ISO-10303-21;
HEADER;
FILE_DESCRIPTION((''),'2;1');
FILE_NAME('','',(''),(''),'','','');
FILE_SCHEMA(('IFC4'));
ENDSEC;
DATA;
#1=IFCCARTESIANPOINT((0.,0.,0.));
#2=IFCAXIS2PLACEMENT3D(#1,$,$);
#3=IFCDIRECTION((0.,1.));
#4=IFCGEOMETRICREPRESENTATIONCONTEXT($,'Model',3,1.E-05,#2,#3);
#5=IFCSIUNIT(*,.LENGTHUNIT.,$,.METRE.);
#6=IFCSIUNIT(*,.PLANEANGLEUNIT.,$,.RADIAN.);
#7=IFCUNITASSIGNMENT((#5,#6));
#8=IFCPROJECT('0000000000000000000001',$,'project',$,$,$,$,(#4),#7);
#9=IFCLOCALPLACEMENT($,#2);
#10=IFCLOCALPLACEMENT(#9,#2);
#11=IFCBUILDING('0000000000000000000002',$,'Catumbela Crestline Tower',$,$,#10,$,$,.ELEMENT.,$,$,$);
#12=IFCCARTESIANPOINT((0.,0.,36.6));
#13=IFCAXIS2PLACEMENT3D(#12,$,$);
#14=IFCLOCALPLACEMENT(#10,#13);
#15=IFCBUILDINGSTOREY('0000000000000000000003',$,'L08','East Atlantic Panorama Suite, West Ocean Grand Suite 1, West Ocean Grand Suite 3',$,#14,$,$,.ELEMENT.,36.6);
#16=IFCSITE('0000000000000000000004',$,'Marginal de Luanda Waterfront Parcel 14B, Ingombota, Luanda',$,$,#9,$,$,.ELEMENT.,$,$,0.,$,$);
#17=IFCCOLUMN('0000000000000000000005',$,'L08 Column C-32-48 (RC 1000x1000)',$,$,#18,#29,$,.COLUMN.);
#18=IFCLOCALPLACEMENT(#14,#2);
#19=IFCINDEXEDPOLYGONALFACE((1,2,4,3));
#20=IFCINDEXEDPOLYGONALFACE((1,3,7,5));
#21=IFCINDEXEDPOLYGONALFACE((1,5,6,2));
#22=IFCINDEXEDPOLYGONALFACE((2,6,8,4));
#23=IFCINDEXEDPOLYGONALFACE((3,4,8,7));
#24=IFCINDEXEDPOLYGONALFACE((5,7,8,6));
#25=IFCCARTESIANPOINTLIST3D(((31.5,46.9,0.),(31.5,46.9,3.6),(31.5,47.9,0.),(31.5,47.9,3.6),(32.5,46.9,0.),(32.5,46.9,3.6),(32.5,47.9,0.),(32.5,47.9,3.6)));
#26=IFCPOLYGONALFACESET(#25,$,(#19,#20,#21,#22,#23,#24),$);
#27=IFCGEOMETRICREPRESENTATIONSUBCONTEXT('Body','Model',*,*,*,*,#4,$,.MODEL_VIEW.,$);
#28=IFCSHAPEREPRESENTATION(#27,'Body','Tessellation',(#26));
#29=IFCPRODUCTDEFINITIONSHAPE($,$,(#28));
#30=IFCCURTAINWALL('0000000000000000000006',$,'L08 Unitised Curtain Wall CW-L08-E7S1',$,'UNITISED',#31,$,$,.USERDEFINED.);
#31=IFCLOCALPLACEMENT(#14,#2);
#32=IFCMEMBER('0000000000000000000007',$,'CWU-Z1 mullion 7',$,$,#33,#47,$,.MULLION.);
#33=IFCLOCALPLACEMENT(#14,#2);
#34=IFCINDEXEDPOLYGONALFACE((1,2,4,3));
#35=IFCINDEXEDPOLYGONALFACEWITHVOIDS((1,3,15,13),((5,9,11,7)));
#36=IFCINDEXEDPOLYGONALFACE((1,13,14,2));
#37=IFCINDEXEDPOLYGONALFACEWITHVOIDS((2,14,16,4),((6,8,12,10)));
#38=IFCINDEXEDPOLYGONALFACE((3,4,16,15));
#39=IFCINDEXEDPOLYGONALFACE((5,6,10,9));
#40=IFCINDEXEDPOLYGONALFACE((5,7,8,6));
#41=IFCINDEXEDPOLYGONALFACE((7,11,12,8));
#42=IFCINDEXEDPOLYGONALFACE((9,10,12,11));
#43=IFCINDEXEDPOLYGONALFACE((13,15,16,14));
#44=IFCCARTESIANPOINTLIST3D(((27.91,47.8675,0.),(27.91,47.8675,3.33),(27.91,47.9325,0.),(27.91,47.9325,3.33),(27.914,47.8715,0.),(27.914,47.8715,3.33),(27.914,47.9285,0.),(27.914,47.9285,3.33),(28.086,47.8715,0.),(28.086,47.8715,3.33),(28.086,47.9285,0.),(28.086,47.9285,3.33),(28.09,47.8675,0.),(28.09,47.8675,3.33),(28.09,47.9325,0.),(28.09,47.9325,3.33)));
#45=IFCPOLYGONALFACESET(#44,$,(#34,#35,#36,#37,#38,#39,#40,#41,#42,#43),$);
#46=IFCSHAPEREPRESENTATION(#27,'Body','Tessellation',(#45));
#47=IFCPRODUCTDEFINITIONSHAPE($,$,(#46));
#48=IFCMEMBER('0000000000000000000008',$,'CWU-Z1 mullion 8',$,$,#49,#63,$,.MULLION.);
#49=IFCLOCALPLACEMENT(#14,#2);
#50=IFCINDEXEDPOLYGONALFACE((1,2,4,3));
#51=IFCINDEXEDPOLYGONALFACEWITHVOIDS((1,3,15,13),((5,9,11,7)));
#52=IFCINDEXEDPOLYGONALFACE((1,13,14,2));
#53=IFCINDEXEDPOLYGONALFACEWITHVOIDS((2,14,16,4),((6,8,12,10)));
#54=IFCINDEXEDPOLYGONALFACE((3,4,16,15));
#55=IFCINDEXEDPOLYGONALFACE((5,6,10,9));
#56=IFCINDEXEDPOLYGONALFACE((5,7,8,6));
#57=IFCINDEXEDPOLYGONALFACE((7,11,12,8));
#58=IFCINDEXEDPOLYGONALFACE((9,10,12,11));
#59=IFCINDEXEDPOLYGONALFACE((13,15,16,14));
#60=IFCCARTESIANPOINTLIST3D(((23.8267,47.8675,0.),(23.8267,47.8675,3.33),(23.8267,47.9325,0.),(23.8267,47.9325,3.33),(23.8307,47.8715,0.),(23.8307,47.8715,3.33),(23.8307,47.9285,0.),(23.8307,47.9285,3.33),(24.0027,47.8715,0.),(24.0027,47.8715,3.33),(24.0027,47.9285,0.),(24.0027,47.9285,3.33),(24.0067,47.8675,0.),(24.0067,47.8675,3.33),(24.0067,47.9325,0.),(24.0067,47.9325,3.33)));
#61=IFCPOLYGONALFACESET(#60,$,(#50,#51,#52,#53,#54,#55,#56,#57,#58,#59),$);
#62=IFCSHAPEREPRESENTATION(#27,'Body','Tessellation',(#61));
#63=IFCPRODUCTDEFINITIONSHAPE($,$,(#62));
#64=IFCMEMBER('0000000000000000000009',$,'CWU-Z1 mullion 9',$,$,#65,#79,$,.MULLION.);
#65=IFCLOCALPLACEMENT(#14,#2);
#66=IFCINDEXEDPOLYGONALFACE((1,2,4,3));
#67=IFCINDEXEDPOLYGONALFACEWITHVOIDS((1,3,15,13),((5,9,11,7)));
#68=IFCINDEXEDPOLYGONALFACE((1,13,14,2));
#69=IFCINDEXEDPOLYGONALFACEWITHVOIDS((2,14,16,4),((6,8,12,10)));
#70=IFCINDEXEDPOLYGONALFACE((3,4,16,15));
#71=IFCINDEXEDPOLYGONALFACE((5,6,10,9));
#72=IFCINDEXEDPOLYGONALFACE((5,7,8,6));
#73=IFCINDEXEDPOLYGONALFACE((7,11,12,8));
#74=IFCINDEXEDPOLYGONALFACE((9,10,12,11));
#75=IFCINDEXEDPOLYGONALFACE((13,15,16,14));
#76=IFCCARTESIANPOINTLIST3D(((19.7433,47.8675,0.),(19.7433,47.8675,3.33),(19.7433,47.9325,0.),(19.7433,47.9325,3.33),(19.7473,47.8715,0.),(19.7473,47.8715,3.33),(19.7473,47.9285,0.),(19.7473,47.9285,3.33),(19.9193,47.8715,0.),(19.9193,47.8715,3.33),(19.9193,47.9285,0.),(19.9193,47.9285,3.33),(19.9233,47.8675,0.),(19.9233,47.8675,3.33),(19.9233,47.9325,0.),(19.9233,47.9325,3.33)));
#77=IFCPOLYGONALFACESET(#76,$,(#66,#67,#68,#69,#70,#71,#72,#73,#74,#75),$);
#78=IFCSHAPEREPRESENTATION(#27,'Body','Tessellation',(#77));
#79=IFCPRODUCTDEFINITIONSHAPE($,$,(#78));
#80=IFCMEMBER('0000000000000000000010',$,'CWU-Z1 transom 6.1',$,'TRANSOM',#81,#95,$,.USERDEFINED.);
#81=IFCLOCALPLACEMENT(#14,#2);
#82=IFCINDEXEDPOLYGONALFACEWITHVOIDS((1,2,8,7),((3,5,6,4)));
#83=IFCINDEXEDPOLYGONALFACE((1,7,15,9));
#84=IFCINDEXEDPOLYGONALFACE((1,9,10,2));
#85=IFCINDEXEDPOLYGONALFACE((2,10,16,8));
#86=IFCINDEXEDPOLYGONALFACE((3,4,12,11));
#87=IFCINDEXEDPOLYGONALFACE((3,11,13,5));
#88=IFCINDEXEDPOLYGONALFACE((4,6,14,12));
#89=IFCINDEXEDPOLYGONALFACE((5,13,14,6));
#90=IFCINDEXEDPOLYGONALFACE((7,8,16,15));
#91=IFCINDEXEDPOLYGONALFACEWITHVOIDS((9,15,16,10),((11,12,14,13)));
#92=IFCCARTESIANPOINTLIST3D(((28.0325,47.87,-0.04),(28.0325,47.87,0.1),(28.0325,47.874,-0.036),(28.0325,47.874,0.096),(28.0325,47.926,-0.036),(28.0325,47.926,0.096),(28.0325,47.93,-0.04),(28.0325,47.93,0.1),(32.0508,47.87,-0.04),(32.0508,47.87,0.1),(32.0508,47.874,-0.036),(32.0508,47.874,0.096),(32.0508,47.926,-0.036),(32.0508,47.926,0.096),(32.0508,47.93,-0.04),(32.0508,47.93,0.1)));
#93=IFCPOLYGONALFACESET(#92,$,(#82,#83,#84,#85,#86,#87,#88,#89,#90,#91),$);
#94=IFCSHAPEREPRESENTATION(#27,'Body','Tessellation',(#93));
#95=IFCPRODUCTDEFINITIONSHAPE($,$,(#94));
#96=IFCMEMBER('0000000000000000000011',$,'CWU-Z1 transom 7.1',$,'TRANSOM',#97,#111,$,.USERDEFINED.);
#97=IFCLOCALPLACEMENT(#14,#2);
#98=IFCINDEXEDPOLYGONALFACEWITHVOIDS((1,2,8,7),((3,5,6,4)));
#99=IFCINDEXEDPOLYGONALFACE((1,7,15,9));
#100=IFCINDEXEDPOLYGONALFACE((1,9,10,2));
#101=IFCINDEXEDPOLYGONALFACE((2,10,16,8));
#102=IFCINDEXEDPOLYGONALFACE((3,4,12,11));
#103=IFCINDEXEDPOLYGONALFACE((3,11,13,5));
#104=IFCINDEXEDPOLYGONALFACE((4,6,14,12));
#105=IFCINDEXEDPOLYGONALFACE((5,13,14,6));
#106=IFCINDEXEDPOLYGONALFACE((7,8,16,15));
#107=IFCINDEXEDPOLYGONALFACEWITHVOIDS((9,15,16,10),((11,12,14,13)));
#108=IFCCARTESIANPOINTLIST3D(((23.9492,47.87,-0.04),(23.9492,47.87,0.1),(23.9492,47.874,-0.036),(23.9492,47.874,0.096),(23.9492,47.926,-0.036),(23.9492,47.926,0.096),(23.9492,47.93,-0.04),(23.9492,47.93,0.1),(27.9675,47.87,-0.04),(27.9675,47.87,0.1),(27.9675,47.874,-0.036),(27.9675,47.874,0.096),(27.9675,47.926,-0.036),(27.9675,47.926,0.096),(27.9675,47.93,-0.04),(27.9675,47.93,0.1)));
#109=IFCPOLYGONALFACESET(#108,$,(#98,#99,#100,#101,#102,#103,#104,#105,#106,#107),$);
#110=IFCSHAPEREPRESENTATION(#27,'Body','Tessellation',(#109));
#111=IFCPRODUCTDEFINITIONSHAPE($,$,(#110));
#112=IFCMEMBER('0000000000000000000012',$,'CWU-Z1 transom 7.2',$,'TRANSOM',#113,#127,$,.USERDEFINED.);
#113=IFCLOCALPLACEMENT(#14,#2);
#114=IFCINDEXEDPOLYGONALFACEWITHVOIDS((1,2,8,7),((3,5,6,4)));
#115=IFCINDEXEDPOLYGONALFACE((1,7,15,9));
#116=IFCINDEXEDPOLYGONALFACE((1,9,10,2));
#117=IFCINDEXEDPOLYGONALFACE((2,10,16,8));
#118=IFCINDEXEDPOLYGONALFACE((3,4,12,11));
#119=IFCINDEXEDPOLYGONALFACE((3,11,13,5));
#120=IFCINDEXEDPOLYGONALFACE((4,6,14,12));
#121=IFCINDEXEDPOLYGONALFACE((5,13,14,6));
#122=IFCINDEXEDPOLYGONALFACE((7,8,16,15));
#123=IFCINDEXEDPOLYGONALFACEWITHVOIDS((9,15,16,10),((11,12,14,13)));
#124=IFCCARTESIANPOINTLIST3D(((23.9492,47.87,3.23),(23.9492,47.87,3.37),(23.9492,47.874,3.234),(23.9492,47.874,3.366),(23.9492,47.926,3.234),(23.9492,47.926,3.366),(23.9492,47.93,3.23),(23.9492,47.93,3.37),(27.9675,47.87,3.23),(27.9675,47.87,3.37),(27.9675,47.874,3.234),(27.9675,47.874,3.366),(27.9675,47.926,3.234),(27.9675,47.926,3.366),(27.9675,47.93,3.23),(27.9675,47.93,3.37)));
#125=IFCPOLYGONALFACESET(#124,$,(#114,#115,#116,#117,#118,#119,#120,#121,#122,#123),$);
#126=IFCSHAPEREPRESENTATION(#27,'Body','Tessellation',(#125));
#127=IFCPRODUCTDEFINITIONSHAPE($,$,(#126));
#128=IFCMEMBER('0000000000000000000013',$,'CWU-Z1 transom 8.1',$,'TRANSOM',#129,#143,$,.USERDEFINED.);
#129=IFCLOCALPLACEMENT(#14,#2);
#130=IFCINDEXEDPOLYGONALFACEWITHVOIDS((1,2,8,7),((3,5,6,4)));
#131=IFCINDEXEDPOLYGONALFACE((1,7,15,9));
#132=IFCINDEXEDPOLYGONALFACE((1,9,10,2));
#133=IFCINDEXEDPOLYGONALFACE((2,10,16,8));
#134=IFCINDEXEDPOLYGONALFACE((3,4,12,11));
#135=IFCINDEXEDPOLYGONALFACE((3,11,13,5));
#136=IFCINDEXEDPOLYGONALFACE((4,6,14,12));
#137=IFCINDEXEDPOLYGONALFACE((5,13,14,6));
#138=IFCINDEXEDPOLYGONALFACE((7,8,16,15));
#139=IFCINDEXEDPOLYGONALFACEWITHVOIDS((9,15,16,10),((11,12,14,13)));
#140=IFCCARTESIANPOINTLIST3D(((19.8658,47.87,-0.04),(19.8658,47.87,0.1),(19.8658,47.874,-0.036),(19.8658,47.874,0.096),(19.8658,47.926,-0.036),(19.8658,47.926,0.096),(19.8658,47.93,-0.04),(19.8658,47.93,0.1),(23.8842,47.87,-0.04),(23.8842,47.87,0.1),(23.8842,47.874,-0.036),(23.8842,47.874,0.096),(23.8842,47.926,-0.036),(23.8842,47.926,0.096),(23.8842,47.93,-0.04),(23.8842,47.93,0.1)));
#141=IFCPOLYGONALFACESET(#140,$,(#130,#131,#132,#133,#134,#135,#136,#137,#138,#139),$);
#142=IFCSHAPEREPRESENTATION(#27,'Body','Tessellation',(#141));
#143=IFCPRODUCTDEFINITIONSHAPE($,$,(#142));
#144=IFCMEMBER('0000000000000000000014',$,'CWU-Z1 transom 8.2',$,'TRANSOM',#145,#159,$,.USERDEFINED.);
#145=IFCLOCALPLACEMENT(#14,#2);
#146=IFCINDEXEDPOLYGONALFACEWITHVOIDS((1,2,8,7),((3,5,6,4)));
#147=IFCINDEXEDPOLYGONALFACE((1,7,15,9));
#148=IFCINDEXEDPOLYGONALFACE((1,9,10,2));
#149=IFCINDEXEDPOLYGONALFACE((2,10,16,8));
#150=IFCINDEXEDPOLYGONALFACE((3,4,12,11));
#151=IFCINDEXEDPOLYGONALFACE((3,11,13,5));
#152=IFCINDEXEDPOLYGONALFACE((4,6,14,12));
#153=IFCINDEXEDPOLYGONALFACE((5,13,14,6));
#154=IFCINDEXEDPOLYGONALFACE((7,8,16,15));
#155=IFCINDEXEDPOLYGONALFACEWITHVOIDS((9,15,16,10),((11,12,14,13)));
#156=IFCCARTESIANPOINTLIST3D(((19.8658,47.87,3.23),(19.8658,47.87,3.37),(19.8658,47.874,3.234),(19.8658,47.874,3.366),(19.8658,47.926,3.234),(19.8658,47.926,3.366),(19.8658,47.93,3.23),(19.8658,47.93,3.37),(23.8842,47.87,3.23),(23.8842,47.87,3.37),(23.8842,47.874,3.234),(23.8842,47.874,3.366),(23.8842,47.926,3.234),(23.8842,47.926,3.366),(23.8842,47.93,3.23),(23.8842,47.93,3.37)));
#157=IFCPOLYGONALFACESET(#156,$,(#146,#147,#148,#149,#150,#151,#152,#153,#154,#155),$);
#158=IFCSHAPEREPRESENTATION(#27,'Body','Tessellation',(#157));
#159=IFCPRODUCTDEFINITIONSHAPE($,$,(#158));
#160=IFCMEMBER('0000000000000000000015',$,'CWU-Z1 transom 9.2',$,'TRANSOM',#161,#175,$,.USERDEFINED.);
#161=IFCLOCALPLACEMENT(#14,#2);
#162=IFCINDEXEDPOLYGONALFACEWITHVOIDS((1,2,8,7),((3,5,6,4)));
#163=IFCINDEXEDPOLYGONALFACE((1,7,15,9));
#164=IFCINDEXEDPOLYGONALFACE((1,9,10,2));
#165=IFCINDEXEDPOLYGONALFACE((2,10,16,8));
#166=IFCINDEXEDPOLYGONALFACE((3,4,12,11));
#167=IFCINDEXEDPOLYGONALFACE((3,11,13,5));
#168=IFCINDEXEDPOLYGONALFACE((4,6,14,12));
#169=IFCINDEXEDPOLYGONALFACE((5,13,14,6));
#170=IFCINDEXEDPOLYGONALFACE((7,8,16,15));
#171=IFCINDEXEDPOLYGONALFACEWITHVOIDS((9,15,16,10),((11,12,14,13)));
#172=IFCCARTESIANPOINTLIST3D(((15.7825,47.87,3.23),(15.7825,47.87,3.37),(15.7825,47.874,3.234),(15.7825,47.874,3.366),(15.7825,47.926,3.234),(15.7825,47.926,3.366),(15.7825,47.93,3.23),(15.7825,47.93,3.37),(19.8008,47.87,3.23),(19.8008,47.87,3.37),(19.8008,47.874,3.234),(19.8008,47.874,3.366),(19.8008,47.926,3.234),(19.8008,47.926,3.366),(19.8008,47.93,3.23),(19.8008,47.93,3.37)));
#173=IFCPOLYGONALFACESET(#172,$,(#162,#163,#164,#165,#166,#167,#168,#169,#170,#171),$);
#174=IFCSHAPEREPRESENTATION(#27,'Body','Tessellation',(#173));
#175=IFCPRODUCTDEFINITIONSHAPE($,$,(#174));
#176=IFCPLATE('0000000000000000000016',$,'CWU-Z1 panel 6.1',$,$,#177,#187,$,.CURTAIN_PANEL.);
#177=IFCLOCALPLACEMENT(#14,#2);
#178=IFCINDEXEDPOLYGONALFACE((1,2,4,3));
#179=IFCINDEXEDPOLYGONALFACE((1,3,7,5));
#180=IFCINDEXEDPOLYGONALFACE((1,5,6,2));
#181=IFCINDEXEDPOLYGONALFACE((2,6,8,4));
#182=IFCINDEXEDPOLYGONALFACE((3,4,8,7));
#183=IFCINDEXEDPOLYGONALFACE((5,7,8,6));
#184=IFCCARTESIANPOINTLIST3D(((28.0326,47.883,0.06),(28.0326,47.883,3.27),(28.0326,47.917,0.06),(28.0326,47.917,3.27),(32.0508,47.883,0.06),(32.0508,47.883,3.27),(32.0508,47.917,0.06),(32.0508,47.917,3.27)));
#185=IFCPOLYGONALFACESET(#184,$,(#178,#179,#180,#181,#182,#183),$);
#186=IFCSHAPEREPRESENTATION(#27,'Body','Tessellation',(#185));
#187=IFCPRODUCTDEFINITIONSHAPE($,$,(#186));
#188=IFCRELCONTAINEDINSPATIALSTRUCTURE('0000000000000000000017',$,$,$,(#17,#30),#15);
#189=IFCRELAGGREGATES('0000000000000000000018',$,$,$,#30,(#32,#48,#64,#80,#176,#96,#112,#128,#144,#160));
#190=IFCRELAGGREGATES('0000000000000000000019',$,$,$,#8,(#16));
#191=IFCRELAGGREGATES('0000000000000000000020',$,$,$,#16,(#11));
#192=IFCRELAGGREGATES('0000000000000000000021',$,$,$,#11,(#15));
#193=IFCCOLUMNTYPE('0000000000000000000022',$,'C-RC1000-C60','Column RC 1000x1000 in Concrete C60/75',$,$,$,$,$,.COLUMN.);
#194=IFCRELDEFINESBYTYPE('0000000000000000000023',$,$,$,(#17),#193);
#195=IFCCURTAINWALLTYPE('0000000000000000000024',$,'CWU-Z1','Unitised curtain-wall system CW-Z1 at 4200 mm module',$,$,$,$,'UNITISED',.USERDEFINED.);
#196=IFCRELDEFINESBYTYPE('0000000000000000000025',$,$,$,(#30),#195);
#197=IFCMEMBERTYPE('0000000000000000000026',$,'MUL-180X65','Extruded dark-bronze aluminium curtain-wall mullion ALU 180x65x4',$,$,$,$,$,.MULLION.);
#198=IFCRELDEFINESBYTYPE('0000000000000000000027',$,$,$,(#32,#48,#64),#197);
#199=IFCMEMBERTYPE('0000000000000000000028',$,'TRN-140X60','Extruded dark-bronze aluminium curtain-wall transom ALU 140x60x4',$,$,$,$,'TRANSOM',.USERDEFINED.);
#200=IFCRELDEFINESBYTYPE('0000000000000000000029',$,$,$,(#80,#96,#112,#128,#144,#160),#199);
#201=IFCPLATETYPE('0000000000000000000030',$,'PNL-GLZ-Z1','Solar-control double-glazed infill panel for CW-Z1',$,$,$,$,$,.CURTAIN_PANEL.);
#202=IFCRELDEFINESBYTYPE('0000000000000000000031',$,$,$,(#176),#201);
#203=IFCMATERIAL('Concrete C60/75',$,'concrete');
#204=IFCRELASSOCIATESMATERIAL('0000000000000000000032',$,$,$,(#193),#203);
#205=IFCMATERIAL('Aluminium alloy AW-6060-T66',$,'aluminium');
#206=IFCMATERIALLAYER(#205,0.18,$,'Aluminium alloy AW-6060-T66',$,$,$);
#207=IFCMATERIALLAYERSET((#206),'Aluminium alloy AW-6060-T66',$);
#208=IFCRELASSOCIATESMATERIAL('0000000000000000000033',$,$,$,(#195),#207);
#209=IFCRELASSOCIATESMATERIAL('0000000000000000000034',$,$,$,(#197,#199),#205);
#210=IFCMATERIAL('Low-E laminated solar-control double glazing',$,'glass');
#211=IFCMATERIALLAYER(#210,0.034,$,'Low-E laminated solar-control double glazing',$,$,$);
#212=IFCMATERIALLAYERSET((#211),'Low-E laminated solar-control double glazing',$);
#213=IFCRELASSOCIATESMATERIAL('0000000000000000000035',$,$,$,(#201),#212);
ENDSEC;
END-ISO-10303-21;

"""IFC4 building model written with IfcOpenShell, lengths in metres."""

from ifc_helpers import new_model, si_unit, direction, frame, origin, origin_2d, place, context, subcontext, project, spatial, rectangle, hollow_rectangle, extrude, material, layer, layer_set, material_profile, profile_set, type_object, element, aggregate, save


model = new_model("IFC4")

# Units and contexts
model_context = context("Model", 3, precision=1e-05, world=origin(), true_north=direction((0.0, 1.0)))
body_context = subcontext(model_context, "Body", "Model", "MODEL_VIEW")
ifc_project = project(units=[si_unit("LENGTHUNIT", "METRE"), si_unit("PLANEANGLEUNIT", "RADIAN")], contexts=[model_context])

# Site, building, storey
site_placement = place(None, origin())
site = spatial("IfcSite", under=ifc_project, at=site_placement, Name="Marginal de Luanda Waterfront Parcel 14B, Ingombota, Luanda", CompositionType="ELEMENT", RefElevation=0.0)
building_placement = place(site_placement, origin())
building = spatial("IfcBuilding", under=site, at=building_placement, Name="Catumbela Crestline Tower", CompositionType="ELEMENT")
storey_placement = place(building_placement, frame((0.0, 0.0, 36.6)))
storey = spatial("IfcBuildingStorey", under=building, at=storey_placement, Name="L08", Description="East Atlantic Panorama Suite, West Ocean Grand Suite 1, West Ocean Grand Suite 3", CompositionType="ELEMENT", Elevation=36.6)

# Column
ifc_material_1 = material(Name="Concrete C60/75", Category="concrete")
ifc_material_profile_1 = material_profile(ifc_material_1, rectangle(XDim=1.0, YDim=1.0, at=origin_2d()), Name="RC 1000x1000")
ifc_profile_set_1 = profile_set([ifc_material_profile_1], Name="Concrete C60/75")
column_type = type_object("IfcColumnType", Name="C-RC1000-C60", Description="Column RC 1000x1000 in Concrete C60/75", PredefinedType="COLUMN", material=ifc_profile_set_1)
column_placement = place(storey_placement, frame((32.0, 47.4, 0.0), z_axis=(0.0, 0.0, 1.0), x_axis=(1.0, 0.0, 0.0)))
element("IfcColumn", 1, at=column_placement, inside=storey, type_object=column_type, Name="L08 Column C-32-48 (RC 1000x1000)", PredefinedType="COLUMN", context=body_context, shape_type="SweptSolid", body=[
    extrude(rectangle(XDim=1.0, YDim=1.0, at=origin_2d()), origin(), (0.0, 0.0, 1.0), 3.6),
])

# Curtain wall, members, plate
ifc_material_2 = material(Name="Aluminium alloy AW-6060-T66", Category="aluminium")
ifc_layer_1 = layer(ifc_material_2, 0.18, Name="Aluminium alloy AW-6060-T66")
ifc_layer_set_1 = layer_set([ifc_layer_1], Name="Aluminium alloy AW-6060-T66")
curtain_wall_type = type_object("IfcCurtainWallType", Name="CWU-Z1", Description="Unitised curtain-wall system CW-Z1 at 4200 mm module", ElementType="UNITISED", PredefinedType="USERDEFINED", material=ifc_layer_set_1)
curtain_wall_placement = place(storey_placement, origin())
curtain_wall = element("IfcCurtainWall", 2, at=curtain_wall_placement, inside=storey, type_object=curtain_wall_type, Name="L08 Unitised Curtain Wall CW-L08-E7S1", ObjectType="UNITISED", PredefinedType="USERDEFINED")
ifc_material_profile_2 = material_profile(ifc_material_2, hollow_rectangle(XDim=0.065, YDim=0.18, WallThickness=0.004, at=origin_2d()), Name="ALU 180x65x4")
ifc_profile_set_2 = profile_set([ifc_material_profile_2], Name="Aluminium alloy AW-6060-T66")
member_type_1 = type_object("IfcMemberType", Name="MUL-180X65", Description="Extruded dark-bronze aluminium curtain-wall mullion ALU 180x65x4", PredefinedType="MULLION", material=ifc_profile_set_2)
member_1_placement = place(storey_placement, frame((28.0, 47.9, 0.0), z_axis=(0.0, 0.0, 1.0), x_axis=(0.0, -1.0, 0.0)))
member_1 = element("IfcMember", 3, at=member_1_placement, type_object=member_type_1, Name="CWU-Z1 mullion 7", PredefinedType="MULLION", context=body_context, shape_type="SweptSolid", body=[
    extrude(hollow_rectangle(XDim=0.065, YDim=0.18, WallThickness=0.004, at=origin_2d()), origin(), (0.0, 0.0, 1.0), 3.33),
])
member_2_placement = place(storey_placement, frame((23.9167, 47.9, 0.0), z_axis=(0.0, 0.0, 1.0), x_axis=(0.0, -1.0, 0.0)))
member_2 = element("IfcMember", 4, at=member_2_placement, type_object=member_type_1, Name="CWU-Z1 mullion 8", PredefinedType="MULLION", context=body_context, shape_type="SweptSolid", body=[
    extrude(hollow_rectangle(XDim=0.065, YDim=0.18, WallThickness=0.004, at=origin_2d()), origin(), (0.0, 0.0, 1.0), 3.33),
])
member_3_placement = place(storey_placement, frame((19.8333, 47.9, 0.0), z_axis=(0.0, 0.0, 1.0), x_axis=(0.0, -1.0, 0.0)))
member_3 = element("IfcMember", 5, at=member_3_placement, type_object=member_type_1, Name="CWU-Z1 mullion 9", PredefinedType="MULLION", context=body_context, shape_type="SweptSolid", body=[
    extrude(hollow_rectangle(XDim=0.065, YDim=0.18, WallThickness=0.004, at=origin_2d()), origin(), (0.0, 0.0, 1.0), 3.33),
])
ifc_material_profile_3 = material_profile(ifc_material_2, hollow_rectangle(XDim=0.06, YDim=0.14, WallThickness=0.004, at=origin_2d()), Name="ALU 140x60x4")
ifc_profile_set_3 = profile_set([ifc_material_profile_3], Name="Aluminium alloy AW-6060-T66")
member_type_2 = type_object("IfcMemberType", Name="TRN-140X60", Description="Extruded dark-bronze aluminium curtain-wall transom ALU 140x60x4", ElementType="TRANSOM", PredefinedType="USERDEFINED", material=ifc_profile_set_3)
member_4_placement = place(storey_placement, frame((32.0508, 47.9, 0.03), z_axis=(-1.0, 0.0, 0.0), x_axis=(0.0, -1.0, 0.0)))
member_4 = element("IfcMember", 6, at=member_4_placement, type_object=member_type_2, Name="CWU-Z1 transom 6.1", ObjectType="TRANSOM", PredefinedType="USERDEFINED", context=body_context, shape_type="SweptSolid", body=[
    extrude(hollow_rectangle(XDim=0.06, YDim=0.14, WallThickness=0.004, at=origin_2d()), origin(), (0.0, 0.0, 1.0), 4.0183),
])
member_5_placement = place(storey_placement, frame((27.9675, 47.9, 0.03), z_axis=(-1.0, 0.0, 0.0), x_axis=(0.0, -1.0, 0.0)))
member_5 = element("IfcMember", 7, at=member_5_placement, type_object=member_type_2, Name="CWU-Z1 transom 7.1", ObjectType="TRANSOM", PredefinedType="USERDEFINED", context=body_context, shape_type="SweptSolid", body=[
    extrude(hollow_rectangle(XDim=0.06, YDim=0.14, WallThickness=0.004, at=origin_2d()), origin(), (0.0, 0.0, 1.0), 4.0183),
])
member_6_placement = place(storey_placement, frame((27.9675, 47.9, 3.3), z_axis=(-1.0, 0.0, 0.0), x_axis=(0.0, -1.0, 0.0)))
member_6 = element("IfcMember", 8, at=member_6_placement, type_object=member_type_2, Name="CWU-Z1 transom 7.2", ObjectType="TRANSOM", PredefinedType="USERDEFINED", context=body_context, shape_type="SweptSolid", body=[
    extrude(hollow_rectangle(XDim=0.06, YDim=0.14, WallThickness=0.004, at=origin_2d()), origin(), (0.0, 0.0, 1.0), 4.0183),
])
member_7_placement = place(storey_placement, frame((23.8842, 47.9, 0.03), z_axis=(-1.0, 0.0, 0.0), x_axis=(0.0, -1.0, 0.0)))
member_7 = element("IfcMember", 9, at=member_7_placement, type_object=member_type_2, Name="CWU-Z1 transom 8.1", ObjectType="TRANSOM", PredefinedType="USERDEFINED", context=body_context, shape_type="SweptSolid", body=[
    extrude(hollow_rectangle(XDim=0.06, YDim=0.14, WallThickness=0.004, at=origin_2d()), origin(), (0.0, 0.0, 1.0), 4.0184),
])
member_8_placement = place(storey_placement, frame((23.8842, 47.9, 3.3), z_axis=(-1.0, 0.0, 0.0), x_axis=(0.0, -1.0, 0.0)))
member_8 = element("IfcMember", 10, at=member_8_placement, type_object=member_type_2, Name="CWU-Z1 transom 8.2", ObjectType="TRANSOM", PredefinedType="USERDEFINED", context=body_context, shape_type="SweptSolid", body=[
    extrude(hollow_rectangle(XDim=0.06, YDim=0.14, WallThickness=0.004, at=origin_2d()), origin(), (0.0, 0.0, 1.0), 4.0184),
])
member_9_placement = place(storey_placement, frame((19.8008, 47.9, 3.3), z_axis=(-1.0, 0.0, 0.0), x_axis=(0.0, -1.0, 0.0)))
member_9 = element("IfcMember", 11, at=member_9_placement, type_object=member_type_2, Name="CWU-Z1 transom 9.2", ObjectType="TRANSOM", PredefinedType="USERDEFINED", context=body_context, shape_type="SweptSolid", body=[
    extrude(hollow_rectangle(XDim=0.06, YDim=0.14, WallThickness=0.004, at=origin_2d()), origin(), (0.0, 0.0, 1.0), 4.0183),
])
ifc_material_3 = material(Name="Low-E laminated solar-control double glazing", Category="glass")
ifc_layer_2 = layer(ifc_material_3, 0.034, Name="Low-E laminated solar-control double glazing")
ifc_layer_set_2 = layer_set([ifc_layer_2], Name="Low-E laminated solar-control double glazing")
plate_type = type_object("IfcPlateType", Name="PNL-GLZ-Z1", Description="Solar-control double-glazed infill panel for CW-Z1", PredefinedType="CURTAIN_PANEL", material=ifc_layer_set_2)
plate_1_placement = place(storey_placement, frame((30.0417, 47.9, 0.06), z_axis=(0.0, 0.0, 1.0), x_axis=(-1.0, 0.0, 0.0)))
plate_1 = element("IfcPlate", 12, at=plate_1_placement, type_object=plate_type, Name="CWU-Z1 panel 6.1", PredefinedType="CURTAIN_PANEL", context=body_context, shape_type="SweptSolid", body=[
    extrude(rectangle(XDim=4.0183, YDim=0.034, at=origin_2d()), origin(), (0.0, 0.0, 1.0), 3.21),
])
aggregate(curtain_wall, [member_1, member_2, member_3, member_4, plate_1, member_5, member_6, member_7, member_8, member_9])

save(model, "model.ifc")
